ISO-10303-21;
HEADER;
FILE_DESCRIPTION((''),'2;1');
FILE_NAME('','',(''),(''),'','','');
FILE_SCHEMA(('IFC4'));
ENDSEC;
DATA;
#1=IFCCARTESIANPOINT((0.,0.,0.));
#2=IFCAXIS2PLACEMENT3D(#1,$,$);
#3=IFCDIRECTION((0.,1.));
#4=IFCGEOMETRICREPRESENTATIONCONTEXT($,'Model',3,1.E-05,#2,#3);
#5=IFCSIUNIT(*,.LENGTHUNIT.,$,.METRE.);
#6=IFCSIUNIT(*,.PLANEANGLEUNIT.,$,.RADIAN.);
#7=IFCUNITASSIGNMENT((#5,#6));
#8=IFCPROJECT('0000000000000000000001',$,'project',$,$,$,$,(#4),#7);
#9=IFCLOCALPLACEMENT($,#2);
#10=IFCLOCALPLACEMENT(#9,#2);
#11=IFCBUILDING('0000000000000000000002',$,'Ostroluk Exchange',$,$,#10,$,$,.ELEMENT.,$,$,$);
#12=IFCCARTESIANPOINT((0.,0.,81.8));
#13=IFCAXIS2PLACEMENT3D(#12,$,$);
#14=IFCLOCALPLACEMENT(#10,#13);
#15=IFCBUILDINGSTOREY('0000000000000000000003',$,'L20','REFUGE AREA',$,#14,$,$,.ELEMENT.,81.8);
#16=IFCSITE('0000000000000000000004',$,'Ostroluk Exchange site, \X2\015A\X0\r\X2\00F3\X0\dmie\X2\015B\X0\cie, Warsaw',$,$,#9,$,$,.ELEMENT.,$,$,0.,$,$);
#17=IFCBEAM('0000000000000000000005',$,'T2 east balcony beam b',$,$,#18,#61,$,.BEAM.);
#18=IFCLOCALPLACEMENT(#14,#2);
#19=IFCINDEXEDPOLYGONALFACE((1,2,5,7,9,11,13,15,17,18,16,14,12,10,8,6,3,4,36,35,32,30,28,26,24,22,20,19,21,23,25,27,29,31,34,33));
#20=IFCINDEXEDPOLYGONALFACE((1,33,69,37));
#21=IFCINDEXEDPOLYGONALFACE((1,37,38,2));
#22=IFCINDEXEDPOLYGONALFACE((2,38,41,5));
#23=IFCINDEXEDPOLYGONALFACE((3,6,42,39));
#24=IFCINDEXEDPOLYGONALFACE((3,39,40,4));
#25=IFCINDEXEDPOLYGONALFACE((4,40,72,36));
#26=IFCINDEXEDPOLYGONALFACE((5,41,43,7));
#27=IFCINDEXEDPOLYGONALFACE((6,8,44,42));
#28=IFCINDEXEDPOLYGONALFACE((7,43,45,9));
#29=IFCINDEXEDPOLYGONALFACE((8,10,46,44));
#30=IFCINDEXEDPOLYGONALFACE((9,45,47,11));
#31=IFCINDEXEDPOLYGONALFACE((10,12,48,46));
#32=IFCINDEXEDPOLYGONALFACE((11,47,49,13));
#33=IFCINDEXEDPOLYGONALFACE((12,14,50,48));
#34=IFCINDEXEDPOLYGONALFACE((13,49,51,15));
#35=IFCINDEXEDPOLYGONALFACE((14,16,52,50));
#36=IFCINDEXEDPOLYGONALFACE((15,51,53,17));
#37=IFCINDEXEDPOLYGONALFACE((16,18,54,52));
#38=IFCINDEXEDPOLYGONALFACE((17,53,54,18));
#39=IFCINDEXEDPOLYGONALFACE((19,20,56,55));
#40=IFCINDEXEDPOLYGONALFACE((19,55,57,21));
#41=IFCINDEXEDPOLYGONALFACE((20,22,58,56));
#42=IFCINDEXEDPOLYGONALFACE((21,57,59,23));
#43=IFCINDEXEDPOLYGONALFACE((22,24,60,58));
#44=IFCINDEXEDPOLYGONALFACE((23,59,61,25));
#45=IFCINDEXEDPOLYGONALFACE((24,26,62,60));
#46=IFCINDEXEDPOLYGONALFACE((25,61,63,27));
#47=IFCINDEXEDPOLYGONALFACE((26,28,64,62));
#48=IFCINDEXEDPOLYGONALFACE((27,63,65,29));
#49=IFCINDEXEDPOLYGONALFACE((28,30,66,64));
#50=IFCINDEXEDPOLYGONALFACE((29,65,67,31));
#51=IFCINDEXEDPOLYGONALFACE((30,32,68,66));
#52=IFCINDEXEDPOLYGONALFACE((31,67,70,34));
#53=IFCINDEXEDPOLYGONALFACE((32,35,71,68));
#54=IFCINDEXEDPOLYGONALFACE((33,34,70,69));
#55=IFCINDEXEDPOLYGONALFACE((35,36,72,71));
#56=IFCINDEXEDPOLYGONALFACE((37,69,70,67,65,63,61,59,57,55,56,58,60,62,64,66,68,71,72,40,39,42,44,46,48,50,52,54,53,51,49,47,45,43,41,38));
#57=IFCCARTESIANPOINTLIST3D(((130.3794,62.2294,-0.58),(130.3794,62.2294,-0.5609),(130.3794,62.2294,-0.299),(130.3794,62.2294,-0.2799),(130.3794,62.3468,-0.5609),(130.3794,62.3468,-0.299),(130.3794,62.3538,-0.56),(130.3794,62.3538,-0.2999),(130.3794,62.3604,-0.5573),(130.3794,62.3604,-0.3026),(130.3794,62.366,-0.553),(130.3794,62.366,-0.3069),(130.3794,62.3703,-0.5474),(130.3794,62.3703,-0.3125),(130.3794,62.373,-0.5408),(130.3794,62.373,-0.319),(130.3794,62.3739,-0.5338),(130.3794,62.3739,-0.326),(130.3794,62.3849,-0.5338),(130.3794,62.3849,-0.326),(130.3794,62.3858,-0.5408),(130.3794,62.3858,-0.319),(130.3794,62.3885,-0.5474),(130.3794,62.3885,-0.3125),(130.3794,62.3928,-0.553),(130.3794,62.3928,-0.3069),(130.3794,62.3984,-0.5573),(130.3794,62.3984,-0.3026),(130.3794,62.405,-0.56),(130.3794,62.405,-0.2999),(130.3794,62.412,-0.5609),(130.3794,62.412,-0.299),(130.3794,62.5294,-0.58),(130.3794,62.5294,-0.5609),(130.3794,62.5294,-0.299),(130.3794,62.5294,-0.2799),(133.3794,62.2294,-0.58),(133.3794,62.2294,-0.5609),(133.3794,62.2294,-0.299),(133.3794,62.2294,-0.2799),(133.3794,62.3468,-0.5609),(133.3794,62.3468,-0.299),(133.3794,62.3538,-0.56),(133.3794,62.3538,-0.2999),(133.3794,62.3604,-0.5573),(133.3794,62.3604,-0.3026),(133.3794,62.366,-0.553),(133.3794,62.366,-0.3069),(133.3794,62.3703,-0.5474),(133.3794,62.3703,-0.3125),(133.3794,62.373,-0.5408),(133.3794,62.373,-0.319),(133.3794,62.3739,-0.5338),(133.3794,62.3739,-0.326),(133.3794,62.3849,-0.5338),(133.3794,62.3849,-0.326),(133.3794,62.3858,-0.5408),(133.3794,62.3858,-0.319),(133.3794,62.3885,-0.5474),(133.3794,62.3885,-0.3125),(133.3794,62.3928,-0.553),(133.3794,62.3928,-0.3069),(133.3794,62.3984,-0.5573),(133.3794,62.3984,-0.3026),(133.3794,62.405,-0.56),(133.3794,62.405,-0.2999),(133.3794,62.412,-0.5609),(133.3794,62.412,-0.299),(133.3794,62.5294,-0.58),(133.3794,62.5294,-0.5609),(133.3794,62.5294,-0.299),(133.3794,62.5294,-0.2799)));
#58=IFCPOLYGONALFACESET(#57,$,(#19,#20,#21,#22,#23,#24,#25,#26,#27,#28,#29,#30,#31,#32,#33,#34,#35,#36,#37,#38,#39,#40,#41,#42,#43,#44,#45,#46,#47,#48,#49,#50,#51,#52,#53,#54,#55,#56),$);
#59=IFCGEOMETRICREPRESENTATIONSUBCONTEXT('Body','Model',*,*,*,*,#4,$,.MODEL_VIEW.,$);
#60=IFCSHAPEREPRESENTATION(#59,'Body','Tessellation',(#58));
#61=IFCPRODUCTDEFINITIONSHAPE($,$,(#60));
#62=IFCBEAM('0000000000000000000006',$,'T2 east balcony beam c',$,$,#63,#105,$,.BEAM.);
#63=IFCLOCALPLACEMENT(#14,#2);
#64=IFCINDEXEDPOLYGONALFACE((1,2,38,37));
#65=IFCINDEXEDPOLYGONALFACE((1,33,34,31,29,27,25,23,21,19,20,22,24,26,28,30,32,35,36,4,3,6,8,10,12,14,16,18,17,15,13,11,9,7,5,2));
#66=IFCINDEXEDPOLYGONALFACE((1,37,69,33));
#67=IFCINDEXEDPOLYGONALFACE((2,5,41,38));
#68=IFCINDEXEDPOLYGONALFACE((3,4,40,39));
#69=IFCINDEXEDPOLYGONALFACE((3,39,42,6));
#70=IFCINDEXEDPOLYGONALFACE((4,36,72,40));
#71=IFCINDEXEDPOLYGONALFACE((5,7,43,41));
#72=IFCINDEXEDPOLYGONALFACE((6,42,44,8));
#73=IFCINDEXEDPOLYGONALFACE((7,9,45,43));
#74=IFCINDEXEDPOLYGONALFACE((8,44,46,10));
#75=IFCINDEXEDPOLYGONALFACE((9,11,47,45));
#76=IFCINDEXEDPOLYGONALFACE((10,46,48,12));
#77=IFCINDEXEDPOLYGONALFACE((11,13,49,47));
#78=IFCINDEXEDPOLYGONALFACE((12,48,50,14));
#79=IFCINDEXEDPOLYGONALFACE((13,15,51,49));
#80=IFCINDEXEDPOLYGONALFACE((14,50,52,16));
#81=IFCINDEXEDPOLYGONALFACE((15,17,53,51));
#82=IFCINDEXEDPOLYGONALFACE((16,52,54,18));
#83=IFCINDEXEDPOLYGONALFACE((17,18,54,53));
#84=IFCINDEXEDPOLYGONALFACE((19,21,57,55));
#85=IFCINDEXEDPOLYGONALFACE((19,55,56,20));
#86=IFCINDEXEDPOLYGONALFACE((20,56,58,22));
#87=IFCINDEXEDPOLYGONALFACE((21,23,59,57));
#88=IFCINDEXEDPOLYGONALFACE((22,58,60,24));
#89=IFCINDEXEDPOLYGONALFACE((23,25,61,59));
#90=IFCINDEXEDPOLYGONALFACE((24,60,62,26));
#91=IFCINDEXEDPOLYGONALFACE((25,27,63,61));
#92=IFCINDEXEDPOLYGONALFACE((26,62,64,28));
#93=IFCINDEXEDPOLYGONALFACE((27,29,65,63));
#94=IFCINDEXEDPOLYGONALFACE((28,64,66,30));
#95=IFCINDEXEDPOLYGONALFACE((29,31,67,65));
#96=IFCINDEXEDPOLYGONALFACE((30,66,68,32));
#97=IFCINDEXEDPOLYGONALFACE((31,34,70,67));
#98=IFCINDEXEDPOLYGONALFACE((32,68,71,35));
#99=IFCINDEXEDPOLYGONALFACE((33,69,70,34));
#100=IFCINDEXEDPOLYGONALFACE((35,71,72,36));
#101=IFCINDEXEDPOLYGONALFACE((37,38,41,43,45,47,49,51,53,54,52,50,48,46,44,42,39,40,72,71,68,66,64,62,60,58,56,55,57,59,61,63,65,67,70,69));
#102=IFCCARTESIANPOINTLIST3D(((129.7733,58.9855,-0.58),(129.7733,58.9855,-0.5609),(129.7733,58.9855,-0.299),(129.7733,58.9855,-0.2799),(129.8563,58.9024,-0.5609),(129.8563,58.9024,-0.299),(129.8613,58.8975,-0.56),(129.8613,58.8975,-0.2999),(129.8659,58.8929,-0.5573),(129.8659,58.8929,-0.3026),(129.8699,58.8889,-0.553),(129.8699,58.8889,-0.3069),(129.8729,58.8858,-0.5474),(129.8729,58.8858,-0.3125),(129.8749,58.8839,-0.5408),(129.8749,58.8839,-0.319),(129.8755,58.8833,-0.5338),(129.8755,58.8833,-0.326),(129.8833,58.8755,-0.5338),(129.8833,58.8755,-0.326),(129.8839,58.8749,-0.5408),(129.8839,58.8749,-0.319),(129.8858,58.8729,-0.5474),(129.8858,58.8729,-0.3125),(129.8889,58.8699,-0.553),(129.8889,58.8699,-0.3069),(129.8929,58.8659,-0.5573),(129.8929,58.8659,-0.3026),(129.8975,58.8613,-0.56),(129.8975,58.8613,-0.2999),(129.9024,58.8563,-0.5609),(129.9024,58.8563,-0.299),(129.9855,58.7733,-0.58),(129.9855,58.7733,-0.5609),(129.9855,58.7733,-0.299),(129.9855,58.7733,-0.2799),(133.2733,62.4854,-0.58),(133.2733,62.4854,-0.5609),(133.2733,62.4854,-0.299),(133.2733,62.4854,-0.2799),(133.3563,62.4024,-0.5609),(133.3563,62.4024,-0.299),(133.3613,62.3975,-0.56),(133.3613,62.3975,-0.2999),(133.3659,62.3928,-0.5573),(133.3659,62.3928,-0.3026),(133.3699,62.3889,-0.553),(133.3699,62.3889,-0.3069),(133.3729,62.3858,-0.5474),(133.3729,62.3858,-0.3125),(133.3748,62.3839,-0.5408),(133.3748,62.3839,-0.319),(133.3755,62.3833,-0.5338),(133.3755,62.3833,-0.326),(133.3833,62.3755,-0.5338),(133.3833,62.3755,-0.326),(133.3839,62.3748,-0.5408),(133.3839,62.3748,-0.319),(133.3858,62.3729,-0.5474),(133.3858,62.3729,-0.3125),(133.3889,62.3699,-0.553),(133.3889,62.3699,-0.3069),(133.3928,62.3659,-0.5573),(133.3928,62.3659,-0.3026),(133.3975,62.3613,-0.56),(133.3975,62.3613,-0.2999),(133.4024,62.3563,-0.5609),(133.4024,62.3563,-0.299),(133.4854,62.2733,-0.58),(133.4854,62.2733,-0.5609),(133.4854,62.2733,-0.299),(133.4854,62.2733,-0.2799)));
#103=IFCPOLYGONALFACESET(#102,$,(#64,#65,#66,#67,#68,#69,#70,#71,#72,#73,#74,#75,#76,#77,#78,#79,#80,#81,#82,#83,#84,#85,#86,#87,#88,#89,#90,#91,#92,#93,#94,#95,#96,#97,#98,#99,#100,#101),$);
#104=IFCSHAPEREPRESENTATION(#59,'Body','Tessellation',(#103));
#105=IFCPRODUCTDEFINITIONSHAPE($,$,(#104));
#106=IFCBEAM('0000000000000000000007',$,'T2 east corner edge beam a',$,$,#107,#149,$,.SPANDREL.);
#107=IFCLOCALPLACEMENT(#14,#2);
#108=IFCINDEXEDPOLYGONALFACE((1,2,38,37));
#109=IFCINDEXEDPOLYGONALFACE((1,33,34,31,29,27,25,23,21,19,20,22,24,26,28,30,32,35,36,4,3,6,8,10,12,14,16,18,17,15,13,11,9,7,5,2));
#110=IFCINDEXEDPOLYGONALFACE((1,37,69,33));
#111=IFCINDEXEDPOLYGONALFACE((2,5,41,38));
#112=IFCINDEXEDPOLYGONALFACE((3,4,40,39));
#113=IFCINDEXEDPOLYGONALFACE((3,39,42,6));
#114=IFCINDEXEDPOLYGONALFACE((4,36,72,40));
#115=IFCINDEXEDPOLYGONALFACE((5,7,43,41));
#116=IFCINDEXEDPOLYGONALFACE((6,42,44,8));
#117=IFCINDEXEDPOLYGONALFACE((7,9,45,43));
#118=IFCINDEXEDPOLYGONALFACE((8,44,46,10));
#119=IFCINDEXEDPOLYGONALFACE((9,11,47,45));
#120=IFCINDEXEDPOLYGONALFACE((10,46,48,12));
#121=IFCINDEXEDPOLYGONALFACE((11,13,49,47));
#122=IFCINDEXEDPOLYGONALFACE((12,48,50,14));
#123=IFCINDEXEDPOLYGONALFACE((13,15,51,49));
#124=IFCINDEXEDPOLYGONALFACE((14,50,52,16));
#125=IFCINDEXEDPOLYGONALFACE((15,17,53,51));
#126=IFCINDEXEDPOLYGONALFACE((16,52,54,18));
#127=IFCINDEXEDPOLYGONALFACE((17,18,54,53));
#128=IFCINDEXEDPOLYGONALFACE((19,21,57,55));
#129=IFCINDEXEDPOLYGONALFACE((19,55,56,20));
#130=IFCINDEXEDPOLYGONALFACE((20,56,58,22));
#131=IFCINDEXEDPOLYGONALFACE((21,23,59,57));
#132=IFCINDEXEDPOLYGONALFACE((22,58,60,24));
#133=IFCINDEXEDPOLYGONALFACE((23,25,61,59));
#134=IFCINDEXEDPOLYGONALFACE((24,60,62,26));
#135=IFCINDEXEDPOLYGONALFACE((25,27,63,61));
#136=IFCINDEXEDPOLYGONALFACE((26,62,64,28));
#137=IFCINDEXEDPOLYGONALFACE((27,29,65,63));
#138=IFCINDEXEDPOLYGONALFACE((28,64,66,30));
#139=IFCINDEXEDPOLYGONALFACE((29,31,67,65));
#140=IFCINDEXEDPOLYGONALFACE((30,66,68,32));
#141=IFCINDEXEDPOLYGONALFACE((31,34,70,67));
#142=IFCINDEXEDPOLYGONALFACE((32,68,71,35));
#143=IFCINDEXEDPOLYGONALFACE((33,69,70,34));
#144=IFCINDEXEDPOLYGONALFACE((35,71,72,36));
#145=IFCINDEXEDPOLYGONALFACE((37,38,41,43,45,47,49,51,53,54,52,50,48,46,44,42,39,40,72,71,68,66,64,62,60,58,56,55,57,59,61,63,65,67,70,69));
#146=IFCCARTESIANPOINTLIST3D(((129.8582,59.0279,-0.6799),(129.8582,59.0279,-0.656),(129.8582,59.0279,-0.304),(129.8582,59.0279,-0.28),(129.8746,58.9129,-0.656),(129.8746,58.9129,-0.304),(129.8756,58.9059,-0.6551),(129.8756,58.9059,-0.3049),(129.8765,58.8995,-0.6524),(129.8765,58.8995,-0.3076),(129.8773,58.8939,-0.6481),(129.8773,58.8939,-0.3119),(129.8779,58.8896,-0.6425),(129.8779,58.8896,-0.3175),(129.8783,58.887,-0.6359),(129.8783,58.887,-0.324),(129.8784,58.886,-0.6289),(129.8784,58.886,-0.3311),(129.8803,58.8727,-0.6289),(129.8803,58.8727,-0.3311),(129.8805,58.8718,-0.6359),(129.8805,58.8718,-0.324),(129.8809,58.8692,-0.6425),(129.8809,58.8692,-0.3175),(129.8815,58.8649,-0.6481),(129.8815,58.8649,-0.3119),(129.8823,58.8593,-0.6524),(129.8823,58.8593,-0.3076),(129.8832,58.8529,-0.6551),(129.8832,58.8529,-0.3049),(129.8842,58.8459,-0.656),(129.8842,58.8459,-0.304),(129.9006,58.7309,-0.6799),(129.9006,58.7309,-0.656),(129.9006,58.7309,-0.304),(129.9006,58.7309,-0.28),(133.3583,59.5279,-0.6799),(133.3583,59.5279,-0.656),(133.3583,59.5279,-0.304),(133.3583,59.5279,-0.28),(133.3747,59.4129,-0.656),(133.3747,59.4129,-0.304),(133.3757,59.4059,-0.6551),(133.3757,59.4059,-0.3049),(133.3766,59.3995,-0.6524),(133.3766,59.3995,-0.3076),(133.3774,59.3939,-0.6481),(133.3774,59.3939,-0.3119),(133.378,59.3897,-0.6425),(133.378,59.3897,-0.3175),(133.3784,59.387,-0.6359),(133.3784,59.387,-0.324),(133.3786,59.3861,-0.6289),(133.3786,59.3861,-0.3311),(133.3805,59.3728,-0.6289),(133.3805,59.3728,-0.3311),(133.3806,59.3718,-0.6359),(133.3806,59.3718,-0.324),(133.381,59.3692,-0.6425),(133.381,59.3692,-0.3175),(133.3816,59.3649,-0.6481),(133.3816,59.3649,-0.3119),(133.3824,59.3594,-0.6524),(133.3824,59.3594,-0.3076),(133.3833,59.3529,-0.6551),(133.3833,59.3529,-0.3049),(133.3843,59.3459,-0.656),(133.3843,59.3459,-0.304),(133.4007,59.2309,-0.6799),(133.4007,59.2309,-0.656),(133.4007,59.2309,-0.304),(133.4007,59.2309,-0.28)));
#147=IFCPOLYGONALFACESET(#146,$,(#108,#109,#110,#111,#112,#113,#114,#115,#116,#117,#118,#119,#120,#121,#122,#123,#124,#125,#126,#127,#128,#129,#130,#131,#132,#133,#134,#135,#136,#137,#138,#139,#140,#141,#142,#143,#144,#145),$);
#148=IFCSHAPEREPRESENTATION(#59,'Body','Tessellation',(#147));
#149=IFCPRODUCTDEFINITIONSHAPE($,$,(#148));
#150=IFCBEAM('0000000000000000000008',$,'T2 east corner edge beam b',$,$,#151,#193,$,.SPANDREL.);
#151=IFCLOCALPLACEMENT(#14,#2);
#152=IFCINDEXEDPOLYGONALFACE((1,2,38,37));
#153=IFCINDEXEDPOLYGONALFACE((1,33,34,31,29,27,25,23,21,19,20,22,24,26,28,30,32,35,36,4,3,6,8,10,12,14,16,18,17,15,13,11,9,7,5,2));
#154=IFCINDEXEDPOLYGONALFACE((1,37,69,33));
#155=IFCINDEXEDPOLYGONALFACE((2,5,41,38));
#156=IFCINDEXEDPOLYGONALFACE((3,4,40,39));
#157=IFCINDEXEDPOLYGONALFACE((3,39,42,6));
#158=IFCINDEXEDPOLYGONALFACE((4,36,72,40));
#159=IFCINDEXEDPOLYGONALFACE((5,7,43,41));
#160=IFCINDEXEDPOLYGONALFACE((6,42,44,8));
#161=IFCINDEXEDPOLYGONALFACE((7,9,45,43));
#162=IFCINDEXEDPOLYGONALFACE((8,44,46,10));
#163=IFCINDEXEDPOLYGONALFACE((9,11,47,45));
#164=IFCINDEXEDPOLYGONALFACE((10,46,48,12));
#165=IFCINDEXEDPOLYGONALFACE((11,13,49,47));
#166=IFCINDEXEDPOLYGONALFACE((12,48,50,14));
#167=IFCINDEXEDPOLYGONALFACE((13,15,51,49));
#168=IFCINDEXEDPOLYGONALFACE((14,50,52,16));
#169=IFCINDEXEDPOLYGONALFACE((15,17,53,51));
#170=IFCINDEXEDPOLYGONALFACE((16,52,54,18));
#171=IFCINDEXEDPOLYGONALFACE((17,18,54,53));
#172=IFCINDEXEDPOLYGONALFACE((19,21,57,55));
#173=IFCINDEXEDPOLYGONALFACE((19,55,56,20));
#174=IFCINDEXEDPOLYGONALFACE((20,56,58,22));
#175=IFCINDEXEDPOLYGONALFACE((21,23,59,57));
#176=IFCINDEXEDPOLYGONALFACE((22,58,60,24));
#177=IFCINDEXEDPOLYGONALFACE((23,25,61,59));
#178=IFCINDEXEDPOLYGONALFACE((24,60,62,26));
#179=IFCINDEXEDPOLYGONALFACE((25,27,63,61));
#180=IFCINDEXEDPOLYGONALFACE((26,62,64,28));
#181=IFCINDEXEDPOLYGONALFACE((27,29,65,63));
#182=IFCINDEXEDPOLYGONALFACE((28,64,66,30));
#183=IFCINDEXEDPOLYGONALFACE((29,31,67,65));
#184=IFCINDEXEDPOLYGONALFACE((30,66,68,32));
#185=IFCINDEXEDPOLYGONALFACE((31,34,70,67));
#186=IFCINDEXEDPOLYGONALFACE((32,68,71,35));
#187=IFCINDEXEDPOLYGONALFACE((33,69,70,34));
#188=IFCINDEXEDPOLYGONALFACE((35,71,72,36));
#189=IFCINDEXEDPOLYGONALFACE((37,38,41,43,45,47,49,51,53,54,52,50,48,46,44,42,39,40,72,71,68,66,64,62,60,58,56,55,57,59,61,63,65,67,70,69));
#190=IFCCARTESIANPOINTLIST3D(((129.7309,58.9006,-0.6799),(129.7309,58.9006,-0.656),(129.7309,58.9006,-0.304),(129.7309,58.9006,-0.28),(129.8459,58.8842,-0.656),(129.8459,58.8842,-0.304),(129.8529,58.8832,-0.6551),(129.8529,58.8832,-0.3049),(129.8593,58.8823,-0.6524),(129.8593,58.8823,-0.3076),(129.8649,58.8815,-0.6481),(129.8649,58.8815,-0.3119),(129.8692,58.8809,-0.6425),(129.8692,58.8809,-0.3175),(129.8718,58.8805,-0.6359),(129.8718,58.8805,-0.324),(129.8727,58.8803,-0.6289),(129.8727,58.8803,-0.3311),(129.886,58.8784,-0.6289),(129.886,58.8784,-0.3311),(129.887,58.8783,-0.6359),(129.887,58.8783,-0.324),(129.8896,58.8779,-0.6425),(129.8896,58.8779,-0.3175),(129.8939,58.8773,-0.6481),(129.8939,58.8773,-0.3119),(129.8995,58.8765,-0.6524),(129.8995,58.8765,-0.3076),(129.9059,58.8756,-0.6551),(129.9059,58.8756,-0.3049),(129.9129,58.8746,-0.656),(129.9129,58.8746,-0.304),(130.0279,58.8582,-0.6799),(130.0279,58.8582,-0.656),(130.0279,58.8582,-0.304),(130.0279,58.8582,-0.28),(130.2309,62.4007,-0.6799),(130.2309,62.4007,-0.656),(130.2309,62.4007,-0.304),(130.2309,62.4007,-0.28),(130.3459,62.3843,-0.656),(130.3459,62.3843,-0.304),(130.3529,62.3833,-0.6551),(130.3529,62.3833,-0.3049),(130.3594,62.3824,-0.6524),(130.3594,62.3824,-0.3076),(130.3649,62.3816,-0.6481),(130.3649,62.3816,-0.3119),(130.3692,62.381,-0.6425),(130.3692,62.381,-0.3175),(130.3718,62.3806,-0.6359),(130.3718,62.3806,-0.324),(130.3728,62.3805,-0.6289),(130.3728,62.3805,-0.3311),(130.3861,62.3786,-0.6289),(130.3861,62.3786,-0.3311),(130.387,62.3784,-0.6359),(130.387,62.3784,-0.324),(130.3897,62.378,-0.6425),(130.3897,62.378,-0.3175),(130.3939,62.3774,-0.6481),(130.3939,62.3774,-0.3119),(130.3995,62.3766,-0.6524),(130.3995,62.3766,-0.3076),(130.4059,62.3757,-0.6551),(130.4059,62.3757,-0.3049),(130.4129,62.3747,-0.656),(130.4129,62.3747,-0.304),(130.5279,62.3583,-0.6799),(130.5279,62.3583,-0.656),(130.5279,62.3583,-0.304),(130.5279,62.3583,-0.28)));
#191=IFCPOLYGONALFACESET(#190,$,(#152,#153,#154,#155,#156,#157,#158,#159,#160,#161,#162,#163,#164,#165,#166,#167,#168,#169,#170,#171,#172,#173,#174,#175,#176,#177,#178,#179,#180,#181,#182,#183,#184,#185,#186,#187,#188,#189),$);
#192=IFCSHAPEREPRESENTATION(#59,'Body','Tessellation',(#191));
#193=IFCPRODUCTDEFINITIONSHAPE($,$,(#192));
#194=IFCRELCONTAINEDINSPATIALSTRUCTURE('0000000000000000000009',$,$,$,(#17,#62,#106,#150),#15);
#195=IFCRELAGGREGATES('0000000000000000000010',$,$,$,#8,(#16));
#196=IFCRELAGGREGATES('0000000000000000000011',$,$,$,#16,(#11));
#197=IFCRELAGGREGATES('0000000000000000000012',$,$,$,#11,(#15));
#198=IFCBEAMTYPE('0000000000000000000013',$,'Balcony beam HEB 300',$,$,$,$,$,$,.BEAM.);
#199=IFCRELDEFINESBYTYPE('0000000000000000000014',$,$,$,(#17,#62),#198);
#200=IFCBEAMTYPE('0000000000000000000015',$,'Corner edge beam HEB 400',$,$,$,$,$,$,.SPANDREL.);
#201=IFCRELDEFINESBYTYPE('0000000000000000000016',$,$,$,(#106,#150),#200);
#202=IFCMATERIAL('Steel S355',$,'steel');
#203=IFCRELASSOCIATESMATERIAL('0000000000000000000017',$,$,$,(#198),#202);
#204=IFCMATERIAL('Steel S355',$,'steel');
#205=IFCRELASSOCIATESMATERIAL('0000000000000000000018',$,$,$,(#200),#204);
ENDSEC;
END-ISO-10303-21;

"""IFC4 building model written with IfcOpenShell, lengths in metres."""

from ifc_helpers import new_model, si_unit, direction, frame, origin, origin_2d, place, context, subcontext, project, spatial, i_section, extrude, material, material_profile, profile_set, type_object, element, save


model = new_model("IFC4")

# Units and contexts
model_context = context("Model", 3, precision=1e-05, world=origin(), true_north=direction((0.0, 1.0)))
body_context = subcontext(model_context, "Body", "Model", "MODEL_VIEW")
ifc_project = project(units=[si_unit("LENGTHUNIT", "METRE"), si_unit("PLANEANGLEUNIT", "RADIAN")], contexts=[model_context])

# Site, building, storey
site_placement = place(None, origin())
site = spatial("IfcSite", under=ifc_project, at=site_placement, Name="Ostroluk Exchange site, Śródmieście, Warsaw", CompositionType="ELEMENT", RefElevation=0.0)
building_placement = place(site_placement, origin())
building = spatial("IfcBuilding", under=site, at=building_placement, Name="Ostroluk Exchange", CompositionType="ELEMENT")
storey_placement = place(building_placement, frame((0.0, 0.0, 81.8)))
storey = spatial("IfcBuildingStorey", under=building, at=storey_placement, Name="L20", Description="REFUGE AREA", CompositionType="ELEMENT", Elevation=81.8)

# Beams
ifc_material_1 = material(Name="Steel S355", Category="steel")
ifc_material_profile_1 = material_profile(ifc_material_1, i_section(OverallWidth=0.3, OverallDepth=0.3, WebThickness=0.011, FlangeThickness=0.019, FilletRadius=0.0271, at=origin_2d()), Name="HEB 300")
ifc_profile_set_1 = profile_set([ifc_material_profile_1], Name="Steel S355")
beam_type_1 = type_object("IfcBeamType", Name="Balcony beam HEB 300", PredefinedType="BEAM", material=ifc_profile_set_1)
for number, where, z_axis, x_axis, name in (
    (1, (130.3794, 62.3794, -0.4299), (1.0, 0.0, 0.0), (0.0, 1.0, 0.0), "T2 east balcony beam b"),
):
    element("IfcBeam", number, at=place(storey_placement, frame(where, z_axis=z_axis, x_axis=x_axis)), inside=storey, type_object=beam_type_1, Name=name, PredefinedType="BEAM", context=body_context, shape_type="SweptSolid", body=[
        extrude(i_section(OverallWidth=0.3, OverallDepth=0.3, WebThickness=0.011, FlangeThickness=0.019, FilletRadius=0.0271, at=origin_2d()), origin(), (0.0, 0.0, 1.0), 3.0),
    ])
beam_1_placement = place(storey_placement, frame((129.8794, 58.8794, -0.4299), z_axis=(0.707107, 0.707107, 0.0), x_axis=(-0.707107, 0.707107, 0.0)))
element("IfcBeam", 2, at=beam_1_placement, inside=storey, type_object=beam_type_1, Name="T2 east balcony beam c", PredefinedType="BEAM", context=body_context, shape_type="SweptSolid", body=[
    extrude(i_section(OverallWidth=0.3, OverallDepth=0.3, WebThickness=0.011, FlangeThickness=0.019, FilletRadius=0.0271, at=origin_2d()), origin(), (0.0, 0.0, 1.0), 4.9497),
])
ifc_material_2 = material(Name="Steel S355", Category="steel")
ifc_material_profile_2 = material_profile(ifc_material_2, i_section(OverallWidth=0.3, OverallDepth=0.3999, WebThickness=0.0134, FlangeThickness=0.0239, FilletRadius=0.0271, at=origin_2d()), Name="HEB 400")
ifc_profile_set_2 = profile_set([ifc_material_profile_2], Name="Steel S355")
beam_type_2 = type_object("IfcBeamType", Name="Corner edge beam HEB 400", PredefinedType="SPANDREL", material=ifc_profile_set_2)
for number, where, z_axis, x_axis, name in (
    (3, (129.8794, 58.8794, -0.48), (0.989949, 0.141421, 0.0), (-0.141421, 0.989949, 0.0), "T2 east corner edge beam a"),
    (4, (129.8794, 58.8794, -0.48), (0.141421, 0.989949, 0.0), (-0.989949, 0.141421, 0.0), "T2 east corner edge beam b"),
):
    element("IfcBeam", number, at=place(storey_placement, frame(where, z_axis=z_axis, x_axis=x_axis)), inside=storey, type_object=beam_type_2, Name=name, PredefinedType="SPANDREL", context=body_context, shape_type="SweptSolid", body=[
        extrude(i_section(OverallWidth=0.3, OverallDepth=0.3999, WebThickness=0.0134, FlangeThickness=0.0239, FilletRadius=0.0271, at=origin_2d()), origin(), (0.0, 0.0, 1.0), 3.5356),
    ])

save(model, "model.ifc")
